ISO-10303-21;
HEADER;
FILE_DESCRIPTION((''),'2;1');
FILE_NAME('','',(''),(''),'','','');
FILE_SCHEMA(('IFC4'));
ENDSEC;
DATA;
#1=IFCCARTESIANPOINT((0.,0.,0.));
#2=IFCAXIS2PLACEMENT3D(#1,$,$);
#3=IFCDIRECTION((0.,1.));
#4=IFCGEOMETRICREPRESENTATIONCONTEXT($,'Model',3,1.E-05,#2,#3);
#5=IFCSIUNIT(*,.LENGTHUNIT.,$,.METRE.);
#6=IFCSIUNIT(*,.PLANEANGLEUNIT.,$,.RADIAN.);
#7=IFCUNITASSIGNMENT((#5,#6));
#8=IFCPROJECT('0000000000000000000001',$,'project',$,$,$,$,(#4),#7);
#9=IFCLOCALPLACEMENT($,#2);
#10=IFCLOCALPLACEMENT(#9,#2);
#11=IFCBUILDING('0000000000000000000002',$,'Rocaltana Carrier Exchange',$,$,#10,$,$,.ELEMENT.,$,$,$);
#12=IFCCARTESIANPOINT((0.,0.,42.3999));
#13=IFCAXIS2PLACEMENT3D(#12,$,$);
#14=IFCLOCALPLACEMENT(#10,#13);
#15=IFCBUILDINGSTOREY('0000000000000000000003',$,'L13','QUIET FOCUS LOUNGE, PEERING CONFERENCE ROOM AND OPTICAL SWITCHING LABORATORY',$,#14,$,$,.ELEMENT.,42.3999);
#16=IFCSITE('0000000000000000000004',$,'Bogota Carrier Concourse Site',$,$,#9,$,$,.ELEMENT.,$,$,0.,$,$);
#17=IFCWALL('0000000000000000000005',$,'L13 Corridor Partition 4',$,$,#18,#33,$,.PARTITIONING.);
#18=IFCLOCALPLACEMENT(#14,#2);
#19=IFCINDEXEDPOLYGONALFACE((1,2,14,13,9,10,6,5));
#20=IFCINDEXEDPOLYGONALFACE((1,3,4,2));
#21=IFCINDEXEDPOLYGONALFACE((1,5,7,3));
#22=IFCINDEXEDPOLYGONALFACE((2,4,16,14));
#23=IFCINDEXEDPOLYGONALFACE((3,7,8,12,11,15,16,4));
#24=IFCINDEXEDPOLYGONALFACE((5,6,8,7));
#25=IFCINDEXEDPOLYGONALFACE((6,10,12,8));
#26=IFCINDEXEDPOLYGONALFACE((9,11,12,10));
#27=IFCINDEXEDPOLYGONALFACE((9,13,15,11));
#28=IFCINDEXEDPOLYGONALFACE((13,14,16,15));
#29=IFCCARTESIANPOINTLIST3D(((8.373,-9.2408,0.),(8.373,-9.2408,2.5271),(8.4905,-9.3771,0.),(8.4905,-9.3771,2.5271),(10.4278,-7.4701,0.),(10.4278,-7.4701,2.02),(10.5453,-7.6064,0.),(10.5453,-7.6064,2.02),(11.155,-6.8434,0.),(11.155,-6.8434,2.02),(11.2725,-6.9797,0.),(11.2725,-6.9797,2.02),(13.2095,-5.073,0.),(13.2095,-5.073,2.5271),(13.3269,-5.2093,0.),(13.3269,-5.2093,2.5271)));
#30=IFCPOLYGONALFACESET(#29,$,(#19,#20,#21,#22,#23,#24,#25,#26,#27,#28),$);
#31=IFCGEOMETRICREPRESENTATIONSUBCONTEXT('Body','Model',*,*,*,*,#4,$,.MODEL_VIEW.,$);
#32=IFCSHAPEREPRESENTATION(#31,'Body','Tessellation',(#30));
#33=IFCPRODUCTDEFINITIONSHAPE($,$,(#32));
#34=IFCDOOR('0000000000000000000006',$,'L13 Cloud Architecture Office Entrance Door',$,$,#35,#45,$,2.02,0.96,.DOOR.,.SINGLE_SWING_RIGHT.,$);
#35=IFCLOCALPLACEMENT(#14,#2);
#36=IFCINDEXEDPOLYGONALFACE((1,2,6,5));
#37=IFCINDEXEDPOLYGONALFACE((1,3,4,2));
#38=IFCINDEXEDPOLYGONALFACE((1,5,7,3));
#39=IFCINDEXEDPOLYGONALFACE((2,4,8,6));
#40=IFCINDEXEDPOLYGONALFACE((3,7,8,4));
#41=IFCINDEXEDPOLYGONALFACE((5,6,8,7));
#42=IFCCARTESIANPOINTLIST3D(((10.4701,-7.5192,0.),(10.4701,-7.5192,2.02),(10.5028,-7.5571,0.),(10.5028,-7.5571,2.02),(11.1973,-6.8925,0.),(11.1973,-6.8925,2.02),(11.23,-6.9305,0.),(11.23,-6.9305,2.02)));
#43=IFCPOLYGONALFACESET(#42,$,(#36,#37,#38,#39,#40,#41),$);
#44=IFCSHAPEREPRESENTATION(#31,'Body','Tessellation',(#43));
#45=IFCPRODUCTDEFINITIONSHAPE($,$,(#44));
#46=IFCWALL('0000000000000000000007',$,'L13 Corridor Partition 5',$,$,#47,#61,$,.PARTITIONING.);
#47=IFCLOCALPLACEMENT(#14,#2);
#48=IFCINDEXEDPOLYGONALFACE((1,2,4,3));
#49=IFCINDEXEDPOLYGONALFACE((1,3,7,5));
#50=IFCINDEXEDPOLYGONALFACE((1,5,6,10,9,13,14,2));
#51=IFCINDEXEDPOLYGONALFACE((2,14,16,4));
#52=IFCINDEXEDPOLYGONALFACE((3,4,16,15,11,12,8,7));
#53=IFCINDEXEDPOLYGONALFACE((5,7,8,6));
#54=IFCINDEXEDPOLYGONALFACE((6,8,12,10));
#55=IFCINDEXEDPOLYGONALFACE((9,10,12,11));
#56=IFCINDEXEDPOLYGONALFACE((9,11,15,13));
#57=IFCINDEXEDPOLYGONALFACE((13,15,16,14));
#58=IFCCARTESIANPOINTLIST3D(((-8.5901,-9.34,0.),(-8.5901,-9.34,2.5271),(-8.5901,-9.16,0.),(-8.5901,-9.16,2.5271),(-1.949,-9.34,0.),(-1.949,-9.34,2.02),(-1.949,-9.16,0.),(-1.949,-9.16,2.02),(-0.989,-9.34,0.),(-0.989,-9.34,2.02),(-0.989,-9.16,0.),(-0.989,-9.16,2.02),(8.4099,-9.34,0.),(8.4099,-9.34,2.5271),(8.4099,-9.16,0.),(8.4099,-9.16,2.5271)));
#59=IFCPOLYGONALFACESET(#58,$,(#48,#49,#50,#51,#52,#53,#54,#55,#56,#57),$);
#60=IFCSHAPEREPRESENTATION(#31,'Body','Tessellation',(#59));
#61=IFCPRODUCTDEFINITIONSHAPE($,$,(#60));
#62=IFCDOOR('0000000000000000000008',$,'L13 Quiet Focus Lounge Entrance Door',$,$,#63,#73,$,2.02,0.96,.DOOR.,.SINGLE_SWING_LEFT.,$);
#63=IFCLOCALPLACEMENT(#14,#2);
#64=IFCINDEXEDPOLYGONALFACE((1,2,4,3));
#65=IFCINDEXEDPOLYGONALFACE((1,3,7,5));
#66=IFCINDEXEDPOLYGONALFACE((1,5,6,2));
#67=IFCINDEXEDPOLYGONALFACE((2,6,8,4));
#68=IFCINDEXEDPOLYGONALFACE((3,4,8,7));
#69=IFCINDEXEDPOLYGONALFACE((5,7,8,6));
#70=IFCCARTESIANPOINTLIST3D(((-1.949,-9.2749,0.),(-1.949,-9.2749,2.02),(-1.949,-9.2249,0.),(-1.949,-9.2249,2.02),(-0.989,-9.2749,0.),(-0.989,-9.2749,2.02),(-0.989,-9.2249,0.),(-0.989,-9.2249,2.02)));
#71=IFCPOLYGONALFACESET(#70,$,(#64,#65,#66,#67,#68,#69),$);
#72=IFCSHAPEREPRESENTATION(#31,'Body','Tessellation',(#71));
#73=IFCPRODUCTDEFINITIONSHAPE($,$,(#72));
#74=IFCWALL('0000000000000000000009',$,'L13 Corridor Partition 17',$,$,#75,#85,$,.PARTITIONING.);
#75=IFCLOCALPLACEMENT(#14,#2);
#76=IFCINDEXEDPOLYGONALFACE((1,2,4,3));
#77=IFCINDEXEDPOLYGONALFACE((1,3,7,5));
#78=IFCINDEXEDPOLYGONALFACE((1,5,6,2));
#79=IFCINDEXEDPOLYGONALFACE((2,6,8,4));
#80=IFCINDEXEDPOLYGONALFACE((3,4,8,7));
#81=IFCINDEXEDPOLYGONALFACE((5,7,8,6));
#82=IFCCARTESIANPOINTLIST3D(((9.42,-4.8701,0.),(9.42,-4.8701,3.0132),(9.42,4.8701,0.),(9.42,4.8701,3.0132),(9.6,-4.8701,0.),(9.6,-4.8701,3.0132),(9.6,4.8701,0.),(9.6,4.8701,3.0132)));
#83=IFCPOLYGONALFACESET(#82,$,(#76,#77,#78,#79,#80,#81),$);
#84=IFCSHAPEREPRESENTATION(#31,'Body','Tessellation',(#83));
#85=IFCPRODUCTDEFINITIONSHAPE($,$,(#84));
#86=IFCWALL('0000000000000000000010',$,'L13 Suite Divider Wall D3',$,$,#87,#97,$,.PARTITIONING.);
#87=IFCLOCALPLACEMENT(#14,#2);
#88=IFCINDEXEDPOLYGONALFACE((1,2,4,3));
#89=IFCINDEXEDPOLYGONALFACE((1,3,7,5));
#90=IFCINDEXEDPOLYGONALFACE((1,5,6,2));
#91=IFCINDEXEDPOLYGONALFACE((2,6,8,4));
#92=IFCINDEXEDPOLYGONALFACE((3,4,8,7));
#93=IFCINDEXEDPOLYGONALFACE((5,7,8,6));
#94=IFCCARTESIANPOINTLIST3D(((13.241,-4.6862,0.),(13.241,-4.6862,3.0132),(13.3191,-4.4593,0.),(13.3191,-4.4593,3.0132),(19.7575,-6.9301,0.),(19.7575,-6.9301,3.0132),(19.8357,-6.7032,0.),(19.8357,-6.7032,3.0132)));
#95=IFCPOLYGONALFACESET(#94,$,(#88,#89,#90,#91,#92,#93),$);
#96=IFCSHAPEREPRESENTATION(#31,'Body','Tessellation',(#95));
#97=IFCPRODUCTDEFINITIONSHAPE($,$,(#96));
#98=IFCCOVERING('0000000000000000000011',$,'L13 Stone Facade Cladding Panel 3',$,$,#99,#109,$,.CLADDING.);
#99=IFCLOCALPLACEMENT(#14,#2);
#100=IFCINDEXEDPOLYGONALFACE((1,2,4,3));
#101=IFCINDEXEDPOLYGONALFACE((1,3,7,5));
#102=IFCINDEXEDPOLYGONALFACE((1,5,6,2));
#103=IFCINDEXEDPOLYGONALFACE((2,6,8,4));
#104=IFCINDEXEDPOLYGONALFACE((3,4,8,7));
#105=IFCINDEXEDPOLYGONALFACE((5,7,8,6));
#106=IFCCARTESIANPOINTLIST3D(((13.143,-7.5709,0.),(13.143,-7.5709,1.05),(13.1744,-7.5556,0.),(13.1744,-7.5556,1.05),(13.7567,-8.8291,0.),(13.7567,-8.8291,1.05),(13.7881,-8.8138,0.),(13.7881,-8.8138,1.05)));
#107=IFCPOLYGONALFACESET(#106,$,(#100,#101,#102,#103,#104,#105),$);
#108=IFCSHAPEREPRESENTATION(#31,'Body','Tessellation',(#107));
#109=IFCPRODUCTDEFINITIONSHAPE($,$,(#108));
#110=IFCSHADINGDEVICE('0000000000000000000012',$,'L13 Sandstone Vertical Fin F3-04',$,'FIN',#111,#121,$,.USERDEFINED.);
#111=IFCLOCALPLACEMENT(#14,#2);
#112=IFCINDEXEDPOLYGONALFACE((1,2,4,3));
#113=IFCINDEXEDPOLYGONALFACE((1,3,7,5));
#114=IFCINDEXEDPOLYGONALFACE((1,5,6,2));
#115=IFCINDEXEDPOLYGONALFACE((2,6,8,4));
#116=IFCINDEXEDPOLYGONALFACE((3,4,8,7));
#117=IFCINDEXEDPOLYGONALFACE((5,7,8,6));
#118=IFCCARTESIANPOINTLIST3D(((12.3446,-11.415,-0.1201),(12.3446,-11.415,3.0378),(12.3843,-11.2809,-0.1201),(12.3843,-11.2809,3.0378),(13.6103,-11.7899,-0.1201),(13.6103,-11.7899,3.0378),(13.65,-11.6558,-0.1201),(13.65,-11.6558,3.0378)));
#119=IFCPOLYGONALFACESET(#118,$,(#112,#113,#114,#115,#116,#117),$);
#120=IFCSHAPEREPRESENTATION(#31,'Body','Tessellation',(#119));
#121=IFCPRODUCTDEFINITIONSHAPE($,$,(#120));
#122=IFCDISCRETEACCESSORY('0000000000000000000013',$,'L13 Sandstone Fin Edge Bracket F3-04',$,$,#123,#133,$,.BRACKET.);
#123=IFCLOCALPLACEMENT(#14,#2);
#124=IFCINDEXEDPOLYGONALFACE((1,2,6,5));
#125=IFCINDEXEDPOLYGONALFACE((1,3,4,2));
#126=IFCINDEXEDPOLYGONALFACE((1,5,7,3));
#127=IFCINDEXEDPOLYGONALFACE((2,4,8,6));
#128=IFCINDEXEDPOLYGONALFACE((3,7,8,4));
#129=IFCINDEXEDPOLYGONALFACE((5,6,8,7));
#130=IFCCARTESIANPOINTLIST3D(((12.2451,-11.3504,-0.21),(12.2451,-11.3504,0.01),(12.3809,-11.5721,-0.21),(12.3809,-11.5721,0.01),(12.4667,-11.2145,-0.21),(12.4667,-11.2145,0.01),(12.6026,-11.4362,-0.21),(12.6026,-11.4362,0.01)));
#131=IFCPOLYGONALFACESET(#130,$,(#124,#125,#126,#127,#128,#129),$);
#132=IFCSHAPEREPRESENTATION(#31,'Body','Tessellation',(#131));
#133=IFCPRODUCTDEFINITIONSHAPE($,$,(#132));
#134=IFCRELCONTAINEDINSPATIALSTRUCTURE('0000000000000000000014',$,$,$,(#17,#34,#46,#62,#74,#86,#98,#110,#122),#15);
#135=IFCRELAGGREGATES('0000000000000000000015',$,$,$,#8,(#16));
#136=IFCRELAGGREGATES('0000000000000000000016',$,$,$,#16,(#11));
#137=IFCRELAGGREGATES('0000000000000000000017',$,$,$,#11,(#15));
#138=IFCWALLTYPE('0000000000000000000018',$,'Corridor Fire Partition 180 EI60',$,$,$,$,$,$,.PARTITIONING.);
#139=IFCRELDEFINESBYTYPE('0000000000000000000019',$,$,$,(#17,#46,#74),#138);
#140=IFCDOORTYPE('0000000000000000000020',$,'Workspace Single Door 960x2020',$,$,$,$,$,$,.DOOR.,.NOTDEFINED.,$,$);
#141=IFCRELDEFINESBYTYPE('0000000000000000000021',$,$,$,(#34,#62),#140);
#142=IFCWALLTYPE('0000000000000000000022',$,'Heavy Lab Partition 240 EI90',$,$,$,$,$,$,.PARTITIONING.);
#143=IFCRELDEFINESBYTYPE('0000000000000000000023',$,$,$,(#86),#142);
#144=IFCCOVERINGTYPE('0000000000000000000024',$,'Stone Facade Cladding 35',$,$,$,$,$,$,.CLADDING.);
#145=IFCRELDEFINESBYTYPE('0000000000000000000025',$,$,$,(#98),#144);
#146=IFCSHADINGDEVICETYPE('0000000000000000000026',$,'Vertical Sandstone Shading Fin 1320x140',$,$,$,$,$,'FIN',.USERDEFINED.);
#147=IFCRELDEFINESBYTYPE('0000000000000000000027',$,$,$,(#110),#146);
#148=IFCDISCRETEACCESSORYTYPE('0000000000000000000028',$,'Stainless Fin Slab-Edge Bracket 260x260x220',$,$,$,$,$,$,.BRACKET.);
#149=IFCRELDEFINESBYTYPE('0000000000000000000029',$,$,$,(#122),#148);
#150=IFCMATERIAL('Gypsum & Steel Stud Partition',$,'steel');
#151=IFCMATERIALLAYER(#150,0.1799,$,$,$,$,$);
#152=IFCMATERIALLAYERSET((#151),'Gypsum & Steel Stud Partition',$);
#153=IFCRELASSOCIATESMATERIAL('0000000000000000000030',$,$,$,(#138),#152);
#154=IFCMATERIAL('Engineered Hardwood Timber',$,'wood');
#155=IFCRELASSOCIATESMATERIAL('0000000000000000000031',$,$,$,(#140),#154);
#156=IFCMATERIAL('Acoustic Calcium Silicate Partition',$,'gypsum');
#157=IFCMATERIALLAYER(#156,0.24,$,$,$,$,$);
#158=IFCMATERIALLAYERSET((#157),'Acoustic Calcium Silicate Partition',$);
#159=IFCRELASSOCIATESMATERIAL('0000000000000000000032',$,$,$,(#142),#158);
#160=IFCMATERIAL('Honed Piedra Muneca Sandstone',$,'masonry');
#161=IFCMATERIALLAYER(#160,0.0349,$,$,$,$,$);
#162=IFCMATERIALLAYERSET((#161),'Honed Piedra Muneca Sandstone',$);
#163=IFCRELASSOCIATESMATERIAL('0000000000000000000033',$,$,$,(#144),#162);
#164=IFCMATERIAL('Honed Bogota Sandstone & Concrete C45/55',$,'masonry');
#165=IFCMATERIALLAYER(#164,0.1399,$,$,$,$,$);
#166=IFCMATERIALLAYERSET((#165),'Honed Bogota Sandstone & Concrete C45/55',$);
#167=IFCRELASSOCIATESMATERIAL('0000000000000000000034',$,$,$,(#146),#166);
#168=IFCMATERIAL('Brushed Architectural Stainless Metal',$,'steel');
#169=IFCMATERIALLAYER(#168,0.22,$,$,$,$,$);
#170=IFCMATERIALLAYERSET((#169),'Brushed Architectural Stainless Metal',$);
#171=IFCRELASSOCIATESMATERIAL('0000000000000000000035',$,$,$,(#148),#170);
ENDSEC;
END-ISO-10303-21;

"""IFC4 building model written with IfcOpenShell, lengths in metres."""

from ifc_helpers import new_model, si_unit, direction, frame, frame_2d, origin, origin_2d, place, context, subcontext, project, spatial, rectangle, extrude, material, layer, layer_set, type_object, element, fill, save


model = new_model("IFC4")

# Units and contexts
model_context = context("Model", 3, precision=1e-05, world=origin(), true_north=direction((0.0, 1.0)))
body_context = subcontext(model_context, "Body", "Model", "MODEL_VIEW")
ifc_project = project(units=[si_unit("LENGTHUNIT", "METRE"), si_unit("PLANEANGLEUNIT", "RADIAN")], contexts=[model_context])

# Site, building, storey
site_placement = place(None, origin())
site = spatial("IfcSite", under=ifc_project, at=site_placement, Name="Bogota Carrier Concourse Site", CompositionType="ELEMENT", RefElevation=0.0)
building_placement = place(site_placement, origin())
building = spatial("IfcBuilding", under=site, at=building_placement, Name="Rocaltana Carrier Exchange", CompositionType="ELEMENT")
storey_placement = place(building_placement, frame((0.0, 0.0, 42.3999)))
storey = spatial("IfcBuildingStorey", under=building, at=storey_placement, Name="L13", Description="QUIET FOCUS LOUNGE, PEERING CONFERENCE ROOM AND OPTICAL SWITCHING LABORATORY", CompositionType="ELEMENT", Elevation=42.3999)

# Walls, openings, doors
ifc_material_1 = material(Name="Gypsum & Steel Stud Partition", Category="steel")
ifc_layer_1 = layer(ifc_material_1, 0.1799)
ifc_layer_set_1 = layer_set([ifc_layer_1], Name="Gypsum & Steel Stud Partition")
wall_type_1 = type_object("IfcWallType", Name="Corridor Fire Partition 180 EI60", PredefinedType="PARTITIONING", material=ifc_layer_set_1)
wall_1_placement = place(storey_placement, frame((13.2683, -5.1411, 0.0), z_axis=(0.0, 0.0, 1.0), x_axis=(-0.757535, -0.652795, 0.0)))
wall_1 = element("IfcWall", 1, at=wall_1_placement, inside=storey, type_object=wall_type_1, Name="L13 Corridor Partition 4", PredefinedType="PARTITIONING", context=body_context, shape_type="SweptSolid", body=[
    extrude(rectangle(XDim=6.3845, YDim=0.1799, at=frame_2d((3.1924, 0.0))), origin(), (0.0, 0.0, 1.0), 2.5271),
])
opening_1_placement = place(wall_1_placement, frame((2.7122, 0.0, 0.0)))
opening_1 = element("IfcOpeningElement", 2, at=opening_1_placement, cuts=wall_1, PredefinedType="OPENING", context=body_context, shape_type="SweptSolid", body=[
    extrude(rectangle(XDim=0.96, YDim=2.02, at=frame_2d((0.48, 1.01))), frame((0.0, 0.0999, 0.0), z_axis=(0.0, -1.0, 0.0), x_axis=(1.0, 0.0, 0.0)), (0.0, 0.0, 1.0), 0.2),
])
ifc_material_2 = material(Name="Engineered Hardwood Timber", Category="wood")
door_type = type_object("IfcDoorType", Name="Workspace Single Door 960x2020", OperationType="NOTDEFINED", PredefinedType="DOOR", material=ifc_material_2)
door_1_placement = place(opening_1_placement, origin())
door_1 = element("IfcDoor", 3, at=door_1_placement, inside=storey, type_object=door_type, Name="L13 Cloud Architecture Office Entrance Door", OperationType="SINGLE_SWING_RIGHT", OverallHeight=2.02, OverallWidth=0.96, PredefinedType="DOOR", context=body_context, shape_type="SweptSolid", body=[
    extrude(rectangle(XDim=0.96, YDim=2.02, at=frame_2d((0.48, 1.01))), frame((0.0, 0.0249, 0.0), z_axis=(0.0, -1.0, 0.0), x_axis=(1.0, 0.0, 0.0)), (0.0, 0.0, 1.0), 0.05),
])
fill(opening_1, door_1)
wall_2_placement = place(storey_placement, frame((8.4099, -9.25, 0.0), z_axis=(0.0, 0.0, 1.0), x_axis=(-1.0, 0.0, 0.0)))
wall_2 = element("IfcWall", 4, at=wall_2_placement, inside=storey, type_object=wall_type_1, Name="L13 Corridor Partition 5", PredefinedType="PARTITIONING", context=body_context, shape_type="SweptSolid", body=[
    extrude(rectangle(XDim=17.0, YDim=0.1799, at=frame_2d((8.5, 0.0))), origin(), (0.0, 0.0, 1.0), 2.5271),
])
opening_2_placement = place(wall_2_placement, frame((9.3989, 0.0, 0.0)))
opening_2 = element("IfcOpeningElement", 5, at=opening_2_placement, cuts=wall_2, PredefinedType="OPENING", context=body_context, shape_type="SweptSolid", body=[
    extrude(rectangle(XDim=0.96, YDim=2.02, at=frame_2d((0.48, 1.01))), frame((0.0, 0.0999, 0.0), z_axis=(0.0, -1.0, 0.0), x_axis=(1.0, 0.0, 0.0)), (0.0, 0.0, 1.0), 0.2),
])
door_2_placement = place(opening_2_placement, origin())
door_2 = element("IfcDoor", 6, at=door_2_placement, inside=storey, type_object=door_type, Name="L13 Quiet Focus Lounge Entrance Door", OperationType="SINGLE_SWING_LEFT", OverallHeight=2.02, OverallWidth=0.96, PredefinedType="DOOR", context=body_context, shape_type="SweptSolid", body=[
    extrude(rectangle(XDim=0.96, YDim=2.02, at=frame_2d((0.48, 1.01))), frame((0.0, 0.0249, 0.0), z_axis=(0.0, -1.0, 0.0), x_axis=(1.0, 0.0, 0.0)), (0.0, 0.0, 1.0), 0.05),
])
fill(opening_2, door_2)

# Walls
wall_3_placement = place(storey_placement, frame((9.51, -4.8701, 0.0), z_axis=(0.0, 0.0, 1.0), x_axis=(0.0, 1.0, 0.0)))
element("IfcWall", 7, at=wall_3_placement, inside=storey, type_object=wall_type_1, Name="L13 Corridor Partition 17", PredefinedType="PARTITIONING", context=body_context, shape_type="SweptSolid", body=[
    extrude(rectangle(XDim=9.7402, YDim=0.1799, at=frame_2d((4.8701, 0.0))), origin(), (0.0, 0.0, 1.0), 3.0132),
])
ifc_material_3 = material(Name="Acoustic Calcium Silicate Partition", Category="gypsum")
ifc_layer_2 = layer(ifc_material_3, 0.24)
ifc_layer_set_2 = layer_set([ifc_layer_2], Name="Acoustic Calcium Silicate Partition")
wall_type_2 = type_object("IfcWallType", Name="Heavy Lab Partition 240 EI90", PredefinedType="PARTITIONING", material=ifc_layer_set_2)
wall_4_placement = place(storey_placement, frame((13.28, -4.5728, 0.0), z_axis=(0.0, 0.0, 1.0), x_axis=(0.945516, -0.325575, 0.0)))
element("IfcWall", 8, at=wall_4_placement, inside=storey, type_object=wall_type_2, Name="L13 Suite Divider Wall D3", PredefinedType="PARTITIONING", context=body_context, shape_type="SweptSolid", body=[
    extrude(rectangle(XDim=6.8921, YDim=0.24, at=frame_2d((3.446, 0.0))), origin(), (0.0, 0.0, 1.0), 3.0132),
])

# Covering
ifc_material_4 = material(Name="Honed Piedra Muneca Sandstone", Category="masonry")
ifc_layer_3 = layer(ifc_material_4, 0.0349)
ifc_layer_set_3 = layer_set([ifc_layer_3], Name="Honed Piedra Muneca Sandstone")
covering_type = type_object("IfcCoveringType", Name="Stone Facade Cladding 35", PredefinedType="CLADDING", material=ifc_layer_set_3)
covering_placement = place(storey_placement, frame((13.4656, -8.1924, 0.0), z_axis=(0.0, 0.0, 1.0), x_axis=(-0.438371, 0.898794, 0.0)))
element("IfcCovering", 9, at=covering_placement, inside=storey, type_object=covering_type, Name="L13 Stone Facade Cladding Panel 3", PredefinedType="CLADDING", context=body_context, shape_type="SweptSolid", body=[
    extrude(rectangle(XDim=1.3999, YDim=0.0349, at=origin_2d()), origin(), (0.0, 0.0, 1.0), 1.05),
])

# Shading device
ifc_material_5 = material(Name="Honed Bogota Sandstone & Concrete C45/55", Category="masonry")
ifc_layer_4 = layer(ifc_material_5, 0.1399)
ifc_layer_set_4 = layer_set([ifc_layer_4], Name="Honed Bogota Sandstone & Concrete C45/55")
shading_device_type = type_object("IfcShadingDeviceType", Name="Vertical Sandstone Shading Fin 1320x140", ElementType="FIN", PredefinedType="USERDEFINED", material=ifc_layer_set_4)
shading_device_placement = place(storey_placement, frame((12.9973, -11.5354, -0.1201), z_axis=(0.0, 0.0, 1.0), x_axis=(0.95882, -0.284015, 0.0)))
element("IfcShadingDevice", 10, at=shading_device_placement, inside=storey, type_object=shading_device_type, Name="L13 Sandstone Vertical Fin F3-04", ObjectType="FIN", PredefinedType="USERDEFINED", context=body_context, shape_type="SweptSolid", body=[
    extrude(rectangle(XDim=1.3201, YDim=0.1399, at=origin_2d()), origin(), (0.0, 0.0, 1.0), 3.158),
])

# Discrete accessory
ifc_material_6 = material(Name="Brushed Architectural Stainless Metal", Category="steel")
ifc_layer_5 = layer(ifc_material_6, 0.22)
ifc_layer_set_5 = layer_set([ifc_layer_5], Name="Brushed Architectural Stainless Metal")
discrete_accessory_type = type_object("IfcDiscreteAccessoryType", Name="Stainless Fin Slab-Edge Bracket 260x260x220", PredefinedType="BRACKET", material=ifc_layer_set_5)
discrete_accessory_placement = place(storey_placement, frame((12.4238, -11.3933, -0.21), z_axis=(0.0, 0.0, 1.0), x_axis=(0.85264, 0.522499, 0.0)))
element("IfcDiscreteAccessory", 11, at=discrete_accessory_placement, inside=storey, type_object=discrete_accessory_type, Name="L13 Sandstone Fin Edge Bracket F3-04", PredefinedType="BRACKET", context=body_context, shape_type="SweptSolid", body=[
    extrude(rectangle(XDim=0.26, YDim=0.26, at=origin_2d()), origin(), (0.0, 0.0, 1.0), 0.22),
])

save(model, "model.ifc")
